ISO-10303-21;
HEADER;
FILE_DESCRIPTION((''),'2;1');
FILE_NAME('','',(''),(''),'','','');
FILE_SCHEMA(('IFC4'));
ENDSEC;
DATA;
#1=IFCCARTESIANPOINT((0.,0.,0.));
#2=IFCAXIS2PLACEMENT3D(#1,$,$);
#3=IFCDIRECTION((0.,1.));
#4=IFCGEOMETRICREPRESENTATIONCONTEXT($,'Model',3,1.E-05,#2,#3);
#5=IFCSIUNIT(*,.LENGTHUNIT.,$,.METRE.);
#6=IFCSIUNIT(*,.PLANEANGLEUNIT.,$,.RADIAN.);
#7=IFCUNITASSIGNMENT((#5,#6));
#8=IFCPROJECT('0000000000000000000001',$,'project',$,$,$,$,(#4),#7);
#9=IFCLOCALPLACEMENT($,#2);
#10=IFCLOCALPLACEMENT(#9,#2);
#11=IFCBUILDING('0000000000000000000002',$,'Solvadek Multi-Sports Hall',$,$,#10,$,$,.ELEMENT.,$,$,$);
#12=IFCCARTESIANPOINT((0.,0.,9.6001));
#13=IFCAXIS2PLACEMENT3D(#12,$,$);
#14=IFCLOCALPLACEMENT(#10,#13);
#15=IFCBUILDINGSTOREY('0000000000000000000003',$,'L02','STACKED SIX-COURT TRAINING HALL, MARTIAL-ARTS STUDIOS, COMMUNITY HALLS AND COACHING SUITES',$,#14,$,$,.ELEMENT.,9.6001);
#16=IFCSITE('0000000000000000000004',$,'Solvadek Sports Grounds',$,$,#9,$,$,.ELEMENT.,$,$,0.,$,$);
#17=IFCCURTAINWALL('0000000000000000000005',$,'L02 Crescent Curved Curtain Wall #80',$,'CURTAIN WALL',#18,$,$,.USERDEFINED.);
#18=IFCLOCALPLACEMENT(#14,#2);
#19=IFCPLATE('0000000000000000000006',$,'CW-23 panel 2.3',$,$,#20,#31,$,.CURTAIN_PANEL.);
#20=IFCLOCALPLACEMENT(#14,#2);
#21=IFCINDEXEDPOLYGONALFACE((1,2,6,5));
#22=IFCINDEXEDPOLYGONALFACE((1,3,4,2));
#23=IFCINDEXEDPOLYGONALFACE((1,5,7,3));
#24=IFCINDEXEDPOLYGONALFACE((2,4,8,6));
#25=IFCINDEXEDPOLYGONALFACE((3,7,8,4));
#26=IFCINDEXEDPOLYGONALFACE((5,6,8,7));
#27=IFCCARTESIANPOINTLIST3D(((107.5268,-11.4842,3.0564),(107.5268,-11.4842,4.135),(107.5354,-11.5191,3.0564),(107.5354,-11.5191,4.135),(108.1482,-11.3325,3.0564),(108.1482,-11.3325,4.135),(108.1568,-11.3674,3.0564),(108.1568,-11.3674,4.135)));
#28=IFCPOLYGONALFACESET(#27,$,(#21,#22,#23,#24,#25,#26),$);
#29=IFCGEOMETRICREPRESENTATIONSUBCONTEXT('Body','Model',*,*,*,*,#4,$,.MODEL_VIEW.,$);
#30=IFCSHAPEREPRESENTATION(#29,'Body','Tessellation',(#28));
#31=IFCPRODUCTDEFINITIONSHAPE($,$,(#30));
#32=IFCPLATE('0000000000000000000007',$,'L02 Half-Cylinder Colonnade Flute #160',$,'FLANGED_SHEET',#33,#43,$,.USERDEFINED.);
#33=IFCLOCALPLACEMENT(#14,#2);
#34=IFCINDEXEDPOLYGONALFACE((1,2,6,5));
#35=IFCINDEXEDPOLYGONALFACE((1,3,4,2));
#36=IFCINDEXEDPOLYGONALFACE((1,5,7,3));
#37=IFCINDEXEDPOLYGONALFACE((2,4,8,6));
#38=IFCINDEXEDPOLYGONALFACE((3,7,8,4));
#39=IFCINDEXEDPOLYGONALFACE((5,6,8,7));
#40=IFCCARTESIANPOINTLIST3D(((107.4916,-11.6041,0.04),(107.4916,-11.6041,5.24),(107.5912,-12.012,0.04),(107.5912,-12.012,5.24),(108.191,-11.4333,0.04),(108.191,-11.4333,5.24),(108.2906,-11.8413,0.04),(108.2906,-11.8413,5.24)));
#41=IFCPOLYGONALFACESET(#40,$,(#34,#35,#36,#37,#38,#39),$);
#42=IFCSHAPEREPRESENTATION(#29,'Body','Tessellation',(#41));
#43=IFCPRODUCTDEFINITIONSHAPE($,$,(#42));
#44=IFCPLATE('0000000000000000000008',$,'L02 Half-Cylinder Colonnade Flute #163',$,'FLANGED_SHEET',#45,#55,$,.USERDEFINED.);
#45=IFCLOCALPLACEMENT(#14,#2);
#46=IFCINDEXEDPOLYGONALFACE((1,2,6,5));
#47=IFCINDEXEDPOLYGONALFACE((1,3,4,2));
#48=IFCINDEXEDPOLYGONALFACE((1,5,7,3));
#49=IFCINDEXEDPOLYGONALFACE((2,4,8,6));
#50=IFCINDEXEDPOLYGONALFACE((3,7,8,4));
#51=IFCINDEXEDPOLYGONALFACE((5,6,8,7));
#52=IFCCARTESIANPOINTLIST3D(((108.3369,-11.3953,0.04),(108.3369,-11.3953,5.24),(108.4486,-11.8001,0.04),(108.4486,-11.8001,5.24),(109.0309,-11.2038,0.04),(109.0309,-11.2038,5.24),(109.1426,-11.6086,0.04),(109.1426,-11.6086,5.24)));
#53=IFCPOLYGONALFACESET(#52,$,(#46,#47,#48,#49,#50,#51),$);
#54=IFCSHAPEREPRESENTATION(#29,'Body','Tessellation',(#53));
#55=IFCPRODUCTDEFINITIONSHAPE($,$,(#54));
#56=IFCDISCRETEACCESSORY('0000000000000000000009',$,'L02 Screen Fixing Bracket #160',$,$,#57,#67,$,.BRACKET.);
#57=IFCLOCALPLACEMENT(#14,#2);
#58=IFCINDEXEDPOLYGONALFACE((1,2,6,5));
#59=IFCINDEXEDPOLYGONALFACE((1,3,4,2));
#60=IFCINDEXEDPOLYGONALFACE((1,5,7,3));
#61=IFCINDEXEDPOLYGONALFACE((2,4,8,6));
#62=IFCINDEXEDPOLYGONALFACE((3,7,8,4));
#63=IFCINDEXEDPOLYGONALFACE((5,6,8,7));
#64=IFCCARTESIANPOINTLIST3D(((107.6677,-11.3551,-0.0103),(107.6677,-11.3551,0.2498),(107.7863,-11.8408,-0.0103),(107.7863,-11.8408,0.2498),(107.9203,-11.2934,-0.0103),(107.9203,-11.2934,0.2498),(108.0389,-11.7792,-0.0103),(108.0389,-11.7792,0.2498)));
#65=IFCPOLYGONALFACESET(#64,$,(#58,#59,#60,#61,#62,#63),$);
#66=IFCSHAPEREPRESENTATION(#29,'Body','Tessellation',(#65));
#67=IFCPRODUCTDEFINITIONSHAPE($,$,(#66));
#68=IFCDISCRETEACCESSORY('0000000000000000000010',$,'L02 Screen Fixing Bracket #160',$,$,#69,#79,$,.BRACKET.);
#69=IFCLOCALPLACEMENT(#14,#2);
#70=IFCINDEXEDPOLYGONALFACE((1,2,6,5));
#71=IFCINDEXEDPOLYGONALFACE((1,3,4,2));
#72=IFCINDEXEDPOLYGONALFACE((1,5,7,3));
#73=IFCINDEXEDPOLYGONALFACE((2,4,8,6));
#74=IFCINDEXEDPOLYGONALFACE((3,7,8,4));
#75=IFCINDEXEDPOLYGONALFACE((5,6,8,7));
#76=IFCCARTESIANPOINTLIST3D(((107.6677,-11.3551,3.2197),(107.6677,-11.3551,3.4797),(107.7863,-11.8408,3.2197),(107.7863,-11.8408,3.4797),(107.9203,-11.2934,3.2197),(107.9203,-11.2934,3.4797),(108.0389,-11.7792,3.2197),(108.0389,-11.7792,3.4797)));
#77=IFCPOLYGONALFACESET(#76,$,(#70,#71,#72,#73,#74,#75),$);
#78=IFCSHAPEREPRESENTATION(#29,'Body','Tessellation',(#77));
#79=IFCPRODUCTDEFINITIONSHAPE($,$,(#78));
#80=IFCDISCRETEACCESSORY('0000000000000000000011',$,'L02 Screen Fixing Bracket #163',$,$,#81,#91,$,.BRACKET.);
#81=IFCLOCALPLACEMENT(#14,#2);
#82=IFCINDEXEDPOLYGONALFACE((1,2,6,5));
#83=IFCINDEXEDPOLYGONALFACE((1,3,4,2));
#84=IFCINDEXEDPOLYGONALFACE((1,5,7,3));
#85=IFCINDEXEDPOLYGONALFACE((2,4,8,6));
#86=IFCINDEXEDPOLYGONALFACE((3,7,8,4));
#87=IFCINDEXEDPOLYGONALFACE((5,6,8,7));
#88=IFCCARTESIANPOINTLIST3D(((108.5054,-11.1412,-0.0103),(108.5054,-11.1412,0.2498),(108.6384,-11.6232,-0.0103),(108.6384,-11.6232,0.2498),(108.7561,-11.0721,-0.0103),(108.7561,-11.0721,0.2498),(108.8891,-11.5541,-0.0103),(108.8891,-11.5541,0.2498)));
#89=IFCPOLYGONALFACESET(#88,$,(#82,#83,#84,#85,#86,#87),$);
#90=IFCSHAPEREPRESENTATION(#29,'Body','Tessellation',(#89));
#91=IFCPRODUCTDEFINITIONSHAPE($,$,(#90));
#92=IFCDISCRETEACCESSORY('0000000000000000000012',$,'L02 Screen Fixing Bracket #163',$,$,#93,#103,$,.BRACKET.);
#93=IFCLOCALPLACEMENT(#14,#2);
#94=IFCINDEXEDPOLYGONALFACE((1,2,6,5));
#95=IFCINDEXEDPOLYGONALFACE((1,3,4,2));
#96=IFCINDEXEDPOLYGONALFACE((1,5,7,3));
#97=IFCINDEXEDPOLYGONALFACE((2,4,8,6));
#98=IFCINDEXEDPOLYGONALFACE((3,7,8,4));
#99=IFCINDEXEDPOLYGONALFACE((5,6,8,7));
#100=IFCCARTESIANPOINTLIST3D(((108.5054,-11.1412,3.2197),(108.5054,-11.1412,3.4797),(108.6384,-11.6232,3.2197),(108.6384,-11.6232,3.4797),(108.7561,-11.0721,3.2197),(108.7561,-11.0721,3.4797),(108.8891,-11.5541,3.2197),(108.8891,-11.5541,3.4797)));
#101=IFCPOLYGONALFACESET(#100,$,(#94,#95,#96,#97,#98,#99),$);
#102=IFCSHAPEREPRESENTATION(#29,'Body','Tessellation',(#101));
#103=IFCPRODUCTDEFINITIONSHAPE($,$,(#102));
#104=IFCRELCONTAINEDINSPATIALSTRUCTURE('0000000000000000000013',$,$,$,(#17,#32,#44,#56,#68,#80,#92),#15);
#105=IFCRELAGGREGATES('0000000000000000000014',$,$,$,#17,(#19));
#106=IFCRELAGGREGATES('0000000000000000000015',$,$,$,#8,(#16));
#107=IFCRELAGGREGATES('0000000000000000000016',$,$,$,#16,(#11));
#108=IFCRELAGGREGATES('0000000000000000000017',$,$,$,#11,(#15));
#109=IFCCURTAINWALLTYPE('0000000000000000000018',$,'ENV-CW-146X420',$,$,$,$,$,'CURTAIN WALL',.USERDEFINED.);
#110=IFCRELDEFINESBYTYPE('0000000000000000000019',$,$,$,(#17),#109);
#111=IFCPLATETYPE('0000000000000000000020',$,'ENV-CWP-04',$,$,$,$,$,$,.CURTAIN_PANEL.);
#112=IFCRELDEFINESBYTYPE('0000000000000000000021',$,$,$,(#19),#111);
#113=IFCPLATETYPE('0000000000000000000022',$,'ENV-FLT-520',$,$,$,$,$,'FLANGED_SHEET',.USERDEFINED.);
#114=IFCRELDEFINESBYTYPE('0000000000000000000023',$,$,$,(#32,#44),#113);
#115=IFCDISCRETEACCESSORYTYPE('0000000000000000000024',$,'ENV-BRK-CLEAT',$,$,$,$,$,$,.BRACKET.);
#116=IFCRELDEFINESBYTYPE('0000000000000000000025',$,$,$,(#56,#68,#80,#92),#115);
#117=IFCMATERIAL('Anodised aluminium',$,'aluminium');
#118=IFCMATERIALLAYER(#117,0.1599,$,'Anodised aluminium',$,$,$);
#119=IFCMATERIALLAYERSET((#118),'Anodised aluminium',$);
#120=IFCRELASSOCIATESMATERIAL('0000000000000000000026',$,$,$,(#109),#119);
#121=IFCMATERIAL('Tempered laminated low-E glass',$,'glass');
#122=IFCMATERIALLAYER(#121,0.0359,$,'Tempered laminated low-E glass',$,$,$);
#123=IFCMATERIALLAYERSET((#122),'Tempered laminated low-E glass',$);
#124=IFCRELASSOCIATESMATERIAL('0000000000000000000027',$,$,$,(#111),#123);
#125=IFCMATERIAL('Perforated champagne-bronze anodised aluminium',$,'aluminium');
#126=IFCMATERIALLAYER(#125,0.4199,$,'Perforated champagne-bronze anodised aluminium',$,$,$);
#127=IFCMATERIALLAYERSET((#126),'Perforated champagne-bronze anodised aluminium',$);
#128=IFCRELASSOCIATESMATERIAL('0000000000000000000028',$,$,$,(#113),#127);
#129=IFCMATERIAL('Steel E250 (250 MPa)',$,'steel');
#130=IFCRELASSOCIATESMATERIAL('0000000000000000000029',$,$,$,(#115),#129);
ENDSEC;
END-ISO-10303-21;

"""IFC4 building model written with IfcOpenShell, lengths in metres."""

from ifc_helpers import new_model, si_unit, direction, frame, origin, origin_2d, place, context, subcontext, project, spatial, rectangle, extrude, material, layer, layer_set, type_object, element, aggregate, save


model = new_model("IFC4")

# Units and contexts
model_context = context("Model", 3, precision=1e-05, world=origin(), true_north=direction((0.0, 1.0)))
body_context = subcontext(model_context, "Body", "Model", "MODEL_VIEW")
ifc_project = project(units=[si_unit("LENGTHUNIT", "METRE"), si_unit("PLANEANGLEUNIT", "RADIAN")], contexts=[model_context])

# Site, building, storey
site_placement = place(None, origin())
site = spatial("IfcSite", under=ifc_project, at=site_placement, Name="Solvadek Sports Grounds", CompositionType="ELEMENT", RefElevation=0.0)
building_placement = place(site_placement, origin())
building = spatial("IfcBuilding", under=site, at=building_placement, Name="Solvadek Multi-Sports Hall", CompositionType="ELEMENT")
storey_placement = place(building_placement, frame((0.0, 0.0, 9.6001)))
storey = spatial("IfcBuildingStorey", under=building, at=storey_placement, Name="L02", Description="STACKED SIX-COURT TRAINING HALL, MARTIAL-ARTS STUDIOS, COMMUNITY HALLS AND COACHING SUITES", CompositionType="ELEMENT", Elevation=9.6001)

# Curtain wall
ifc_material_1 = material(Name="Anodised aluminium", Category="aluminium")
ifc_layer_1 = layer(ifc_material_1, 0.1599, Name="Anodised aluminium")
ifc_layer_set_1 = layer_set([ifc_layer_1], Name="Anodised aluminium")
curtain_wall_type_1 = type_object("IfcCurtainWallType", Name="ENV-CW-146X420", ElementType="CURTAIN WALL", PredefinedType="USERDEFINED", material=ifc_layer_set_1)
curtain_wall_1_placement = place(storey_placement, origin())
curtain_wall_1 = element("IfcCurtainWall", 1, at=curtain_wall_1_placement, inside=storey, type_object=curtain_wall_type_1, Name="L02 Crescent Curved Curtain Wall #80", ObjectType="CURTAIN WALL", PredefinedType="USERDEFINED")

# Shared definitions
ifc_material_2 = material(Name="Steel E250 (250 MPa)", Category="steel")

# Plate
ifc_material_3 = material(Name="Tempered laminated low-E glass", Category="glass")
ifc_layer_2 = layer(ifc_material_3, 0.0359, Name="Tempered laminated low-E glass")
ifc_layer_set_2 = layer_set([ifc_layer_2], Name="Tempered laminated low-E glass")
plate_type_1 = type_object("IfcPlateType", Name="ENV-CWP-04", PredefinedType="CURTAIN_PANEL", material=ifc_layer_set_2)
plate_1_placement = place(storey_placement, frame((107.8418, -11.4258, 3.0564), z_axis=(0.0, 0.0, 1.0), x_axis=(0.97147, 0.237163, 0.0)))
plate_1 = element("IfcPlate", 2, at=plate_1_placement, type_object=plate_type_1, Name="CW-23 panel 2.3", PredefinedType="CURTAIN_PANEL", context=body_context, shape_type="SweptSolid", body=[
    extrude(rectangle(XDim=0.6396, YDim=0.0359, at=origin_2d()), origin(), (0.0, 0.0, 1.0), 1.0786),
])
aggregate(curtain_wall_1, [plate_1])

# Plates
ifc_material_4 = material(Name="Perforated champagne-bronze anodised aluminium", Category="aluminium")
ifc_layer_3 = layer(ifc_material_4, 0.4199, Name="Perforated champagne-bronze anodised aluminium")
ifc_layer_set_3 = layer_set([ifc_layer_3], Name="Perforated champagne-bronze anodised aluminium")
plate_type_2 = type_object("IfcPlateType", Name="ENV-FLT-520", ElementType="FLANGED_SHEET", PredefinedType="USERDEFINED", material=ifc_layer_set_3)
for number, where, z_axis, x_axis, name in (
    (3, (107.8911, -11.7227, 0.04), (0.0, 0.0, 1.0), (0.971475, 0.237144, 0.0), "L02 Half-Cylinder Colonnade Flute #160"),
    (4, (108.7397, -11.502, 0.04), (0.0, 0.0, 1.0), (0.96397, 0.26601, 0.0), "L02 Half-Cylinder Colonnade Flute #163"),
):
    element("IfcPlate", number, at=place(storey_placement, frame(where, z_axis=z_axis, x_axis=x_axis)), inside=storey, type_object=plate_type_2, Name=name, ObjectType="FLANGED_SHEET", PredefinedType="USERDEFINED", context=body_context, shape_type="SweptSolid", body=[
        extrude(rectangle(XDim=0.72, YDim=0.4199, at=origin_2d()), origin(), (0.0, 0.0, 1.0), 5.2),
    ])

# Discrete accessories
discrete_accessory_type = type_object("IfcDiscreteAccessoryType", Name="ENV-BRK-CLEAT", PredefinedType="BRACKET", material=ifc_material_2)
for number, where, z_axis, x_axis, name in (
    (5, (107.8533, -11.5671, -0.0103), (0.0, 0.0, 1.0), (0.971475, 0.237144, 0.0), "L02 Screen Fixing Bracket #160"),
    (6, (107.8533, -11.5671, 3.2197), (0.0, 0.0, 1.0), (0.971475, 0.237144, 0.0), "L02 Screen Fixing Bracket #160"),
    (7, (108.6973, -11.3477, -0.0103), (0.0, 0.0, 1.0), (0.96397, 0.26601, 0.0), "L02 Screen Fixing Bracket #163"),
    (8, (108.6973, -11.3477, 3.2197), (0.0, 0.0, 1.0), (0.96397, 0.26601, 0.0), "L02 Screen Fixing Bracket #163"),
):
    element("IfcDiscreteAccessory", number, at=place(storey_placement, frame(where, z_axis=z_axis, x_axis=x_axis)), inside=storey, type_object=discrete_accessory_type, Name=name, PredefinedType="BRACKET", context=body_context, shape_type="SweptSolid", body=[
        extrude(rectangle(XDim=0.26, YDim=0.5, at=origin_2d()), origin(), (0.0, 0.0, 1.0), 0.26),
    ])

save(model, "model.ifc")
